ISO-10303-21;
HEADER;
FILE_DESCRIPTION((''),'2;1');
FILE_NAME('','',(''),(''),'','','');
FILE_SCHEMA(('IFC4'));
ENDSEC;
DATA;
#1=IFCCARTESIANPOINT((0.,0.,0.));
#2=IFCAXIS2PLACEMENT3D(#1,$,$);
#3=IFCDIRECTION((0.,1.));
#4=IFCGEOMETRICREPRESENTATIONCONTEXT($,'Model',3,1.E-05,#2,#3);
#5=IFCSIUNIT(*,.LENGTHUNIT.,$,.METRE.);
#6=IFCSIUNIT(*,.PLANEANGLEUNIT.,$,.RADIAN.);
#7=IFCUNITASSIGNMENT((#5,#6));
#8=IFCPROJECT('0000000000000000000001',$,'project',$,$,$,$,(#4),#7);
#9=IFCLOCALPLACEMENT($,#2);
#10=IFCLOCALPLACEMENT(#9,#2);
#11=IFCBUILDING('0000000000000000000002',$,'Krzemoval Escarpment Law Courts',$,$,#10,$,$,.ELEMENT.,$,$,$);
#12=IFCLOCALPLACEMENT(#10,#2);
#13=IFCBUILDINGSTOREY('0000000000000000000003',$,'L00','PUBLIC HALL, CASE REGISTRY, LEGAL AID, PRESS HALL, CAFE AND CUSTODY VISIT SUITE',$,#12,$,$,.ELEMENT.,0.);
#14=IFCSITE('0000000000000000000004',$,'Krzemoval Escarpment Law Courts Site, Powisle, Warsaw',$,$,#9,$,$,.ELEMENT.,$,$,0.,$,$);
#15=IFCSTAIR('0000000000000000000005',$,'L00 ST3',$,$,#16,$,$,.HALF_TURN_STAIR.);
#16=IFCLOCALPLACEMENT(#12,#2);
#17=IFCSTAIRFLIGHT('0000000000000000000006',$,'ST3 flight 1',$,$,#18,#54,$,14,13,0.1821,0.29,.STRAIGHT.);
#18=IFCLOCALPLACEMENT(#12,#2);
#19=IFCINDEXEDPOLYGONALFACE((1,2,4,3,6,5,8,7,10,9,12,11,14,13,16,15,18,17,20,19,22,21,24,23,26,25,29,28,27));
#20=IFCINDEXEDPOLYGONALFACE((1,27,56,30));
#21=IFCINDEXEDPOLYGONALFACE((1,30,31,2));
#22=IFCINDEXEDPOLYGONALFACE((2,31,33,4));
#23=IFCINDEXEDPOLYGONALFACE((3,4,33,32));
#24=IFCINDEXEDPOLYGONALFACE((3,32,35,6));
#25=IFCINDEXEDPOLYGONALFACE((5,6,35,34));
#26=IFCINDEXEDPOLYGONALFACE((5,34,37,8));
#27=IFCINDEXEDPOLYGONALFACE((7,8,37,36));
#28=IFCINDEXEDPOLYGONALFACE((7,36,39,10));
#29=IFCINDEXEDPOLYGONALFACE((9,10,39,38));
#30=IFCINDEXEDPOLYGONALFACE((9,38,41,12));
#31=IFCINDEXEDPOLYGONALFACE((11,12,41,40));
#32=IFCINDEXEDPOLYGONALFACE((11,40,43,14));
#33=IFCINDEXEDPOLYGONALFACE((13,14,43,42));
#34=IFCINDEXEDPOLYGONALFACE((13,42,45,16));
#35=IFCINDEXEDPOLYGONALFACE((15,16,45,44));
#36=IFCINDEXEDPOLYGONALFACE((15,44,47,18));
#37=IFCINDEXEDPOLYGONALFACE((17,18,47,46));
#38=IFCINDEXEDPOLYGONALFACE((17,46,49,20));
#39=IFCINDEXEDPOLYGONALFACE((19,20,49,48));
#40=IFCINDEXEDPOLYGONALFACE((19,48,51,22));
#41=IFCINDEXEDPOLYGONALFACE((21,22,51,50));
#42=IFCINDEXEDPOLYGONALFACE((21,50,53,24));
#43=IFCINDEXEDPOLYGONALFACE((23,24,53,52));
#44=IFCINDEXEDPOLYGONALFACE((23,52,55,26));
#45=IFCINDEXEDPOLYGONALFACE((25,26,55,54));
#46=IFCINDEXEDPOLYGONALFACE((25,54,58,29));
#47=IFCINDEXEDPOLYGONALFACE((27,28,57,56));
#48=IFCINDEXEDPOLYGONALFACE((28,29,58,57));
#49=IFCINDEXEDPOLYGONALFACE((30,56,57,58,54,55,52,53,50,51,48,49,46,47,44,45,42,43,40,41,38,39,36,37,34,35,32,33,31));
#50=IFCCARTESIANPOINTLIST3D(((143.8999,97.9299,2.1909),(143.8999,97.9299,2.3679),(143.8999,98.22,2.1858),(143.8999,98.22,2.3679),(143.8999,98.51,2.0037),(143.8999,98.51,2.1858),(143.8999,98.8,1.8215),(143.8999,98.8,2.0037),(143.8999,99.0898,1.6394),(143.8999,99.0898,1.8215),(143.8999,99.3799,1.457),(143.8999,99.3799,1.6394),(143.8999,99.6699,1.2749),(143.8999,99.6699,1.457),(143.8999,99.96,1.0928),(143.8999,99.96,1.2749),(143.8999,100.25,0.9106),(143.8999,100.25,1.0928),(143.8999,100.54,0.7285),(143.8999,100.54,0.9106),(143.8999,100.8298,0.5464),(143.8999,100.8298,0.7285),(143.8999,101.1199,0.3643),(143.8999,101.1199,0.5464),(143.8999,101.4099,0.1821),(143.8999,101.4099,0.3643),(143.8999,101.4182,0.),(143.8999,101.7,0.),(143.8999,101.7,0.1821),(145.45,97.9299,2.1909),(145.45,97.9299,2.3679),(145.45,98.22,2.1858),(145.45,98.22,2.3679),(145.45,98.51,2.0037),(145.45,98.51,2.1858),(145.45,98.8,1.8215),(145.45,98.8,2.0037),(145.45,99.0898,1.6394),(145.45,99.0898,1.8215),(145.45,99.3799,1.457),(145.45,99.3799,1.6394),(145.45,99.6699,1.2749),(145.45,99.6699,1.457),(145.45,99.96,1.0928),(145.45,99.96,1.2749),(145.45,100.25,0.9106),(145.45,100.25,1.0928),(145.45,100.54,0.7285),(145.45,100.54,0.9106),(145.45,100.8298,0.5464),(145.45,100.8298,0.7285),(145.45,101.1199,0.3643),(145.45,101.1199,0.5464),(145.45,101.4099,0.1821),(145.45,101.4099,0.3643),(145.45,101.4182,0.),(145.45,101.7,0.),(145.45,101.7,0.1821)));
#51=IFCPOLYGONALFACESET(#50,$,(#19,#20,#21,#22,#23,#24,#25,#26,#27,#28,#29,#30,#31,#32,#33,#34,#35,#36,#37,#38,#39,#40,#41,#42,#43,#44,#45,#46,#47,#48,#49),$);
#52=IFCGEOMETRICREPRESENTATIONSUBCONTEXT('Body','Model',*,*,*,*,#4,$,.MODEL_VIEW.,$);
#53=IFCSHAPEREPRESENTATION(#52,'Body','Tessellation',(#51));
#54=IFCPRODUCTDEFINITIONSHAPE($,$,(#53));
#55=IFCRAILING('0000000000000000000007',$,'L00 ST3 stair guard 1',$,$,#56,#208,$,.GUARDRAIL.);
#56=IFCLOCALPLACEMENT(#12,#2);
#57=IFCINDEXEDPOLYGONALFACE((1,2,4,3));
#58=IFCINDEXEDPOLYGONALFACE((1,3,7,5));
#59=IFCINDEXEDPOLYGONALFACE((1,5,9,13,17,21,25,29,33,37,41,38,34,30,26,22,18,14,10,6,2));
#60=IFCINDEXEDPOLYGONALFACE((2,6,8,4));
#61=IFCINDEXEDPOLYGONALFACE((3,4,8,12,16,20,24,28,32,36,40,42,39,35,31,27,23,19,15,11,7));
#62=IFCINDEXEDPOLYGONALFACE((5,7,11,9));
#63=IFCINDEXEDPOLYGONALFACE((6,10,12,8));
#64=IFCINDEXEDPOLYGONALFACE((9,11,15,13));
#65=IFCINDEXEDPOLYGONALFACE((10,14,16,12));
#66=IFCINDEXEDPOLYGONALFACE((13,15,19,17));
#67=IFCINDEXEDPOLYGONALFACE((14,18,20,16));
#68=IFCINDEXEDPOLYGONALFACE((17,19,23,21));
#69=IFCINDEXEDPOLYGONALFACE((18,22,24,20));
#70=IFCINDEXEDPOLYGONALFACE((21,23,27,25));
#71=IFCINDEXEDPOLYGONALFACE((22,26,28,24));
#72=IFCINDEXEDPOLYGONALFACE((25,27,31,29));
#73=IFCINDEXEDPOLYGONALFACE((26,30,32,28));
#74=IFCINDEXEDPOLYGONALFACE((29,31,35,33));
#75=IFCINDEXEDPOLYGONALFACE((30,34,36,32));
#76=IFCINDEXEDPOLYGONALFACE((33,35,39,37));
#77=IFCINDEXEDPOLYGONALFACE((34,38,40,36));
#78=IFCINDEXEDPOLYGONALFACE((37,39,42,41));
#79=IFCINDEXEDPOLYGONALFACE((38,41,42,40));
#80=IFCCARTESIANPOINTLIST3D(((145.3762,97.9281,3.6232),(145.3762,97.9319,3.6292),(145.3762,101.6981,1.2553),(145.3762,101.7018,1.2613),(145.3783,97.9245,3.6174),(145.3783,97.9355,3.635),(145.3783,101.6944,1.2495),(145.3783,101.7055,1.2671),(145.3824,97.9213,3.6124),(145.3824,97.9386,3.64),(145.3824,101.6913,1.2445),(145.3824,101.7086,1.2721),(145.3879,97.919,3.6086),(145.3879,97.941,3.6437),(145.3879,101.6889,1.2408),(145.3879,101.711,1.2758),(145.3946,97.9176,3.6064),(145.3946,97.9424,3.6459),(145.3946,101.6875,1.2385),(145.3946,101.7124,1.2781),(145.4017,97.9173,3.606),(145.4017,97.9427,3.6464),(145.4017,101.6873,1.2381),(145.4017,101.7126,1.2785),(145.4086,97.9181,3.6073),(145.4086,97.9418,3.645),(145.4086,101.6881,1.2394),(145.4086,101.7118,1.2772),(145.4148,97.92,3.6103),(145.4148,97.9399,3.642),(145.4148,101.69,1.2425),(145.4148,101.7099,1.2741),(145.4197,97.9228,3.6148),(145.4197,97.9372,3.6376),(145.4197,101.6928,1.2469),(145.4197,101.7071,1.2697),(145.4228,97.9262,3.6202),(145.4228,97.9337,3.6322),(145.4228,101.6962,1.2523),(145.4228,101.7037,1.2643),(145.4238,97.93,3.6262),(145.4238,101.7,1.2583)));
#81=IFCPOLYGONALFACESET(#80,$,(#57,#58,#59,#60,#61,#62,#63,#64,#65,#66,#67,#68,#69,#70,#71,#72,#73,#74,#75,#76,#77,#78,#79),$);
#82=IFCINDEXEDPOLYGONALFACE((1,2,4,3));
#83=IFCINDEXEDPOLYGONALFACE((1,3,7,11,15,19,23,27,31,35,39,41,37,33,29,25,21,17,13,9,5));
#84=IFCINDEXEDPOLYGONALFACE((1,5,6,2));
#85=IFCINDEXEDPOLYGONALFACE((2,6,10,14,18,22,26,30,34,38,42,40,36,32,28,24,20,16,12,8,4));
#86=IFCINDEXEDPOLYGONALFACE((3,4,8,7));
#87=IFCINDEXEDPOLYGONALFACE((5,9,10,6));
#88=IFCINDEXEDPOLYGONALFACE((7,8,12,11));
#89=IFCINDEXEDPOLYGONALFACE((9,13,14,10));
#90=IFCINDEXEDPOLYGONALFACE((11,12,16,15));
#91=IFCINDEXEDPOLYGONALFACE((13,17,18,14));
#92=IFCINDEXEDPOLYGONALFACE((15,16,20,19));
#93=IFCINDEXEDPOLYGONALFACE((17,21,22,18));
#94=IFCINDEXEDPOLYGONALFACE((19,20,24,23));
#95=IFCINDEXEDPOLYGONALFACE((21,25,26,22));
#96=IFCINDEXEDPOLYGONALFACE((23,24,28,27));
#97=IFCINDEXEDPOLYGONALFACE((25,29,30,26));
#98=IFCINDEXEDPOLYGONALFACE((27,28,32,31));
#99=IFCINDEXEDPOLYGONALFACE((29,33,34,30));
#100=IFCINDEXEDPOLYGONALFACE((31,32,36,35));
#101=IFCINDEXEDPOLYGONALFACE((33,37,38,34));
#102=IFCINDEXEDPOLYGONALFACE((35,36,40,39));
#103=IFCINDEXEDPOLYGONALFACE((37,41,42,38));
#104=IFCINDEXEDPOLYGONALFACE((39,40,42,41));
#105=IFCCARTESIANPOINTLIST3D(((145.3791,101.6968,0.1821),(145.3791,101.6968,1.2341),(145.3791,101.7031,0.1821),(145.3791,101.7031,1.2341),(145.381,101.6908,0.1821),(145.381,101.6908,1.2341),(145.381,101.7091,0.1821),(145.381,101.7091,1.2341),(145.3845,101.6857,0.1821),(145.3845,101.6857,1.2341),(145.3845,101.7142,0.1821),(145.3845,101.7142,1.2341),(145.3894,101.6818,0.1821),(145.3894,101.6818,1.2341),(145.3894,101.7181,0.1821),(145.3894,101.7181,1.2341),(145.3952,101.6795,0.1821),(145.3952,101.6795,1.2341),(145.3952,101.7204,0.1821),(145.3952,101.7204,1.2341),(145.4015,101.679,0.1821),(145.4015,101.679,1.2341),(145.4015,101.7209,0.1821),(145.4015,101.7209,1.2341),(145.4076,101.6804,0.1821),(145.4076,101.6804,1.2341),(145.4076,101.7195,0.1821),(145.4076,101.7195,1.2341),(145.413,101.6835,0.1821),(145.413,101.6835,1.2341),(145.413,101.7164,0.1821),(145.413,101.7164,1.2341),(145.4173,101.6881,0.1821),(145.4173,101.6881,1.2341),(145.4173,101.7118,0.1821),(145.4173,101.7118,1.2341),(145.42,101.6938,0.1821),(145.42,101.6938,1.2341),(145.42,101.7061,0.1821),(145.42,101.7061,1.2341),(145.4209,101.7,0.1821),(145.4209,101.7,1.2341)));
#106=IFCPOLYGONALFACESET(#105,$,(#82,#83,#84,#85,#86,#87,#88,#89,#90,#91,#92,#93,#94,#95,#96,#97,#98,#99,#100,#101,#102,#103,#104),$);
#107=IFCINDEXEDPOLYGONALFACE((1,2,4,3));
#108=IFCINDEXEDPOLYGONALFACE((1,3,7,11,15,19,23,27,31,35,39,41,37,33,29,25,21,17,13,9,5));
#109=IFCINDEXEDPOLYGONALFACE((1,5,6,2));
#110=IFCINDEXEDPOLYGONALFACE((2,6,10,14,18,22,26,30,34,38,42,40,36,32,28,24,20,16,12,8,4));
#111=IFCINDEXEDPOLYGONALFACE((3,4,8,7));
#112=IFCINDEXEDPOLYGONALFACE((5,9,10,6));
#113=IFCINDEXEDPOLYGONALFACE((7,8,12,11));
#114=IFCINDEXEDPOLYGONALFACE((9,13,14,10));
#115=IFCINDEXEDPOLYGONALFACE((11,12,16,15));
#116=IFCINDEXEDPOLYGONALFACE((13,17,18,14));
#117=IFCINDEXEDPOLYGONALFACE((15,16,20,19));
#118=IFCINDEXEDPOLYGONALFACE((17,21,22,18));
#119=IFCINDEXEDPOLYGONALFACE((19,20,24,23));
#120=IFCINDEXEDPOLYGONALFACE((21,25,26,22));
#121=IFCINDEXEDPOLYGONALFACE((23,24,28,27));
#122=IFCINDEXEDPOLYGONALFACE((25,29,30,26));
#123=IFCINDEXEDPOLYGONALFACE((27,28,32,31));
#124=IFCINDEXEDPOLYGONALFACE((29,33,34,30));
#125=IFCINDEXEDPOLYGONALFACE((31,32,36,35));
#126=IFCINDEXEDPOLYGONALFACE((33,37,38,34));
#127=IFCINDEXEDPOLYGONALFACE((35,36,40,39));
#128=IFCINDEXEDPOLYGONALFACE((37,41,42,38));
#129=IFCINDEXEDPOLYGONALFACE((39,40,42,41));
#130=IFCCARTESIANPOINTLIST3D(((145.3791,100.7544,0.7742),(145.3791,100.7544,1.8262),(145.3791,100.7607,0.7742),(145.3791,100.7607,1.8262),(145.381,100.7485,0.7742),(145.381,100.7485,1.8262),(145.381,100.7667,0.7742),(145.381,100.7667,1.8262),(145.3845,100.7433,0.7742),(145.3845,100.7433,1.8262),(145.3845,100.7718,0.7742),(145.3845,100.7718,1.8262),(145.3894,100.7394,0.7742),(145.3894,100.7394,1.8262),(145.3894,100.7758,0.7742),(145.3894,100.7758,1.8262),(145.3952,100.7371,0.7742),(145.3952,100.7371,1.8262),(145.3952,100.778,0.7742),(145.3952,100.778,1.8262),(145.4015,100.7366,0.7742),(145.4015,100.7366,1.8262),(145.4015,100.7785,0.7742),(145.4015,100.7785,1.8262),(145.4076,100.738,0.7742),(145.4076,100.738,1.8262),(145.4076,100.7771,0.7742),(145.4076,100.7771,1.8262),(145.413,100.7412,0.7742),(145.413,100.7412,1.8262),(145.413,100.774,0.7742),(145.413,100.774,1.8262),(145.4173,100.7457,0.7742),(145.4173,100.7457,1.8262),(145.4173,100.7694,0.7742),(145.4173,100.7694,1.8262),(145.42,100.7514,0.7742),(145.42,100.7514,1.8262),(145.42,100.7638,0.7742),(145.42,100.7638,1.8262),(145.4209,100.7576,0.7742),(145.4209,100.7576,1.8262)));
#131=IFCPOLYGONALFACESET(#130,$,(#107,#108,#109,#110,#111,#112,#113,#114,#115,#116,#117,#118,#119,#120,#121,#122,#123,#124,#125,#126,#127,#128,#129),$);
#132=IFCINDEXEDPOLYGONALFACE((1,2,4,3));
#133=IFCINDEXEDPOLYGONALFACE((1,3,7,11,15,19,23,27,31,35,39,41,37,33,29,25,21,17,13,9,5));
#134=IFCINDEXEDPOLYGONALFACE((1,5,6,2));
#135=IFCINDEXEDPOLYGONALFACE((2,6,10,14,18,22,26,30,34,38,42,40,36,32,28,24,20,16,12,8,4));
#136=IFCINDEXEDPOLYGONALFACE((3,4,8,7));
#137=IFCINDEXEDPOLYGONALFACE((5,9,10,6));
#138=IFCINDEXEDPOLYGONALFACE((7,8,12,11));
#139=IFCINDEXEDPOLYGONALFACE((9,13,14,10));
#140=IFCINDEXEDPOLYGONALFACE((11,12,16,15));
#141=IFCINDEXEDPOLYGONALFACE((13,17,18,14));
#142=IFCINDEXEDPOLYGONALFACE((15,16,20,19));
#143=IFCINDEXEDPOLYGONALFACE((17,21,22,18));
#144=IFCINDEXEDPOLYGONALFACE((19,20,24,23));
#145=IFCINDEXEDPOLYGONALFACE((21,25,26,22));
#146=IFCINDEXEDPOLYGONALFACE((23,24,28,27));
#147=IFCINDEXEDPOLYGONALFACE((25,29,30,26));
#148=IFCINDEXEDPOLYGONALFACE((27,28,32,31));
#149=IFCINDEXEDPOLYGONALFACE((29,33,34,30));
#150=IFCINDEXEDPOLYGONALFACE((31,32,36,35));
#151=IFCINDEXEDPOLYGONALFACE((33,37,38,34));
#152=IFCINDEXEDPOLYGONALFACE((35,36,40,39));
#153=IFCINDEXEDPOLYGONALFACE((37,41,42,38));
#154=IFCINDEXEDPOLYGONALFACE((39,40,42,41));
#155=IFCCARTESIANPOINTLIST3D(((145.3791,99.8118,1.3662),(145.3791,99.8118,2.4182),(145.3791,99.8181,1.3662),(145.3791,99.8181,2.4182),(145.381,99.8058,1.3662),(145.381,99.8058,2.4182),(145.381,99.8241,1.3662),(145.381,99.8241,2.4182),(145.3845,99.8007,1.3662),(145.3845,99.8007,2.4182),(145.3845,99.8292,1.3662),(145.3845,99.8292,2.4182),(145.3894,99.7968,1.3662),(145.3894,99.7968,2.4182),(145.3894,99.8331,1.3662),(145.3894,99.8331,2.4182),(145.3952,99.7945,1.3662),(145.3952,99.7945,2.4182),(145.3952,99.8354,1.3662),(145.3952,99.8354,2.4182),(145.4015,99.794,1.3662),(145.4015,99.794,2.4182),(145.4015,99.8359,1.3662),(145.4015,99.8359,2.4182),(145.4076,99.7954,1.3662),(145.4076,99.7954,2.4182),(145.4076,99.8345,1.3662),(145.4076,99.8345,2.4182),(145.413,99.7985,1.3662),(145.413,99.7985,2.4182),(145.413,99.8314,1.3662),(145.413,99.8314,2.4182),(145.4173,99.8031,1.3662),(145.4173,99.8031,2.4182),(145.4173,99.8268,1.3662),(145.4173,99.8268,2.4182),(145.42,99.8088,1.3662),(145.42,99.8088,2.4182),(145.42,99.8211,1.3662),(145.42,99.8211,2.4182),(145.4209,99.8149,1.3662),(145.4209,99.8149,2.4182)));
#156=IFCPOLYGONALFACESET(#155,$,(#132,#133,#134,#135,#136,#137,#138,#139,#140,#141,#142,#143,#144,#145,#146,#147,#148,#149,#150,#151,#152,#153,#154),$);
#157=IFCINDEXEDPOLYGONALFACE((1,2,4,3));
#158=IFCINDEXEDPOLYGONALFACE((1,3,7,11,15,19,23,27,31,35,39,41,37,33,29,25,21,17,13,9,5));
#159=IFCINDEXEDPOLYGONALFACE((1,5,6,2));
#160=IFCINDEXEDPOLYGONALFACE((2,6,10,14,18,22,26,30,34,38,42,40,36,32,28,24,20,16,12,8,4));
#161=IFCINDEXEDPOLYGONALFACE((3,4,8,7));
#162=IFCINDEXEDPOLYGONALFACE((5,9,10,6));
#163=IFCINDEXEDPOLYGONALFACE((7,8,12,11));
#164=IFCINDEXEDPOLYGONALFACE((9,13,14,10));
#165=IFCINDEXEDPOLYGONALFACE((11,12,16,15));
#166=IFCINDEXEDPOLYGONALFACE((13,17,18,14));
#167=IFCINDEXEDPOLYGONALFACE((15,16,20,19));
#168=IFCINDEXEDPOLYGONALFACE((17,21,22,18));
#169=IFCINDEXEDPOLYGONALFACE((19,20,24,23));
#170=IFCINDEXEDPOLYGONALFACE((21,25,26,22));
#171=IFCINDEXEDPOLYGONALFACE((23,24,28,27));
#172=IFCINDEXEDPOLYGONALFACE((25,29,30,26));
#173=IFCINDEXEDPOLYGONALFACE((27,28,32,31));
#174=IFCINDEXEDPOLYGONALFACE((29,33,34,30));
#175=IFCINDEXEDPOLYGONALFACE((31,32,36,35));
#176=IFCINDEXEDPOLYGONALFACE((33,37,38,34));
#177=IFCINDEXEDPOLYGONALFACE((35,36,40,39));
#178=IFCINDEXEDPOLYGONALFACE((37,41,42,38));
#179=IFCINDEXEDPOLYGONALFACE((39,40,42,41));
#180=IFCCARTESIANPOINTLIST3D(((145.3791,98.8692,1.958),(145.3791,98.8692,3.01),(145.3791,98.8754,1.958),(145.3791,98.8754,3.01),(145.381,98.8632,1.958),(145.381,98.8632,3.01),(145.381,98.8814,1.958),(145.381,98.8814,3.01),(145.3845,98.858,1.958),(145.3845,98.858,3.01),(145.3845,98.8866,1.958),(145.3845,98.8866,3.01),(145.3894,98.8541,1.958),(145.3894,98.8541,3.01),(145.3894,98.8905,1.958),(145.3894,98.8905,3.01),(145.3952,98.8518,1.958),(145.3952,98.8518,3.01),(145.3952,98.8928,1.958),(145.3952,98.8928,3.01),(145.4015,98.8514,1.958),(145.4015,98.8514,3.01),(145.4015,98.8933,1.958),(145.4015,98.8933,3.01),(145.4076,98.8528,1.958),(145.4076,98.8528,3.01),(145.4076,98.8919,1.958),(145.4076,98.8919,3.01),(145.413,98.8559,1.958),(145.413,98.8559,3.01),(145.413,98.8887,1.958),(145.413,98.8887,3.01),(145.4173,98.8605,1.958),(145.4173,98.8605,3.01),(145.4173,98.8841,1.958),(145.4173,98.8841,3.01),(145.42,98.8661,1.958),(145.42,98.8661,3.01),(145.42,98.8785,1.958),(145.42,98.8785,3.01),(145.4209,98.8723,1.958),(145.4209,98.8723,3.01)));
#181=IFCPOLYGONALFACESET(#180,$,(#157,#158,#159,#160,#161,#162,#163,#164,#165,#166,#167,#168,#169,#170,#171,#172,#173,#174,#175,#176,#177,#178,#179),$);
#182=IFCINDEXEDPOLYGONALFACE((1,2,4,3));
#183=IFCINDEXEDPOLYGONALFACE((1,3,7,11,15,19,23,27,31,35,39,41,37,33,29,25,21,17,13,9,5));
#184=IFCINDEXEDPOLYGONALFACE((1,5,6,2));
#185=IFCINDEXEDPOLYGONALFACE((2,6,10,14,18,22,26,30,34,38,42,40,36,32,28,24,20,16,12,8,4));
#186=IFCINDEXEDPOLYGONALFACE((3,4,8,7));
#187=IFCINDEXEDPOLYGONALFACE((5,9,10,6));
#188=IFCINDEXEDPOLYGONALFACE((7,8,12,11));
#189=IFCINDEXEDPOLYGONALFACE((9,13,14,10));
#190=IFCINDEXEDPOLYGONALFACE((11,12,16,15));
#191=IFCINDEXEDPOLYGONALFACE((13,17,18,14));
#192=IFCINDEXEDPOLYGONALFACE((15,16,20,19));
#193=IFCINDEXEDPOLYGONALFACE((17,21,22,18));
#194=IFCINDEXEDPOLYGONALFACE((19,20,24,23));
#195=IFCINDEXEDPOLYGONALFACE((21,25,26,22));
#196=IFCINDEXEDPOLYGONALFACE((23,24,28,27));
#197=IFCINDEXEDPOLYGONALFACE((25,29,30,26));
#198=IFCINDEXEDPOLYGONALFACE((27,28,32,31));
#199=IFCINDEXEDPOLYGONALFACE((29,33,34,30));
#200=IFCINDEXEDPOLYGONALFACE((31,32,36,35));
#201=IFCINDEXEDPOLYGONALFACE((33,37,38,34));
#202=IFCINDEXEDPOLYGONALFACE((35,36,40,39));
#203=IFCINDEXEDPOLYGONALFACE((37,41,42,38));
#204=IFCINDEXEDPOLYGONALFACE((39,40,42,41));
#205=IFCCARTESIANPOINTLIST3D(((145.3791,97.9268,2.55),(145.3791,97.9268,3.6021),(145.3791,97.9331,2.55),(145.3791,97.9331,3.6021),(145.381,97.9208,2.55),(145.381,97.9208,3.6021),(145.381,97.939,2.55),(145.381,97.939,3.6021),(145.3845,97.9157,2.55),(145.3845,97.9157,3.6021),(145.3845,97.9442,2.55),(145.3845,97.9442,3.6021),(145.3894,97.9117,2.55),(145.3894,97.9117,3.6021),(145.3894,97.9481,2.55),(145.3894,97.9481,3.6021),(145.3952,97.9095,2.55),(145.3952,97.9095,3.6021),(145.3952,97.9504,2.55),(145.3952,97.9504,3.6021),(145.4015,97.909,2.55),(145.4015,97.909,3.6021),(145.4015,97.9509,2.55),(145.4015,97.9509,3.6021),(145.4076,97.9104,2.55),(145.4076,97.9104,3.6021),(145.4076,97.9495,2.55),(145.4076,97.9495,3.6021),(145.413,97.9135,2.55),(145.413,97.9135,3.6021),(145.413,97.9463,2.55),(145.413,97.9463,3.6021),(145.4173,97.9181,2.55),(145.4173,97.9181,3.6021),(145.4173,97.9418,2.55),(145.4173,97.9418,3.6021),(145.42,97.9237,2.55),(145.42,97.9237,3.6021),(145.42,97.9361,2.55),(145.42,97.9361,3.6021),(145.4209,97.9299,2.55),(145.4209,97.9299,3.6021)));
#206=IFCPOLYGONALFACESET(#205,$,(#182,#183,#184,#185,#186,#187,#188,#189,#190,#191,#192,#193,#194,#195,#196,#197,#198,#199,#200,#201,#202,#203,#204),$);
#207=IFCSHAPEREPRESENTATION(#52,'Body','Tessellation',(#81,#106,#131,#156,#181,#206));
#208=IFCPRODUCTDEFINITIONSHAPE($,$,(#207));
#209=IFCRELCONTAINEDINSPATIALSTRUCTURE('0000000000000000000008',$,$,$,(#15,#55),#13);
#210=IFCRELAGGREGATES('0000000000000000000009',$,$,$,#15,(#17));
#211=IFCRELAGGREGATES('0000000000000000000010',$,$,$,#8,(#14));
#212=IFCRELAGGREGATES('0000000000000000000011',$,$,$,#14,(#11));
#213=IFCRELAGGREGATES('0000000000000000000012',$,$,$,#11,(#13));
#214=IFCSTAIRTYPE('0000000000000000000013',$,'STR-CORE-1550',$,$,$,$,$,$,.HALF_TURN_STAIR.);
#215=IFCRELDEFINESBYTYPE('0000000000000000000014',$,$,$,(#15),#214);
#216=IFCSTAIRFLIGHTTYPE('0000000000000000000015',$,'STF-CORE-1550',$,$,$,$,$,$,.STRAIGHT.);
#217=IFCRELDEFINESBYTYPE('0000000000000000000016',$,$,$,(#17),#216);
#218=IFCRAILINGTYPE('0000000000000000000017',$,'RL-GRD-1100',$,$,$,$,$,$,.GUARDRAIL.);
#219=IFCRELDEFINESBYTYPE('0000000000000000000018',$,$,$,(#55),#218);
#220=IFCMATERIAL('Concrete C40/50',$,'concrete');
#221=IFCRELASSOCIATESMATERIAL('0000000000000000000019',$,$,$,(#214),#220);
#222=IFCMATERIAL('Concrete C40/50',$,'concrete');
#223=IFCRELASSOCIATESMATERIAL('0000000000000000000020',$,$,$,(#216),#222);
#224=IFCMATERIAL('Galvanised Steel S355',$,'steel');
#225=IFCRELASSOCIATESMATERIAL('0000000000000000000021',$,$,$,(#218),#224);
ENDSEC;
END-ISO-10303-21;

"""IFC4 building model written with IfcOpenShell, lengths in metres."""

from ifc_helpers import new_model, si_unit, direction, frame, origin, origin_2d, place, context, subcontext, project, spatial, polyline, circle, outline, extrude, material, type_object, element, aggregate, save


model = new_model("IFC4")

# Units and contexts
model_context = context("Model", 3, precision=1e-05, world=origin(), true_north=direction((0.0, 1.0)))
body_context = subcontext(model_context, "Body", "Model", "MODEL_VIEW")
ifc_project = project(units=[si_unit("LENGTHUNIT", "METRE"), si_unit("PLANEANGLEUNIT", "RADIAN")], contexts=[model_context])

# Site, building, storey
site_placement = place(None, origin())
site = spatial("IfcSite", under=ifc_project, at=site_placement, Name="Krzemoval Escarpment Law Courts Site, Powisle, Warsaw", CompositionType="ELEMENT", RefElevation=0.0)
building_placement = place(site_placement, origin())
building = spatial("IfcBuilding", under=site, at=building_placement, Name="Krzemoval Escarpment Law Courts", CompositionType="ELEMENT")
storey_placement = place(building_placement, origin())
storey = spatial("IfcBuildingStorey", under=building, at=storey_placement, Name="L00", Description="PUBLIC HALL, CASE REGISTRY, LEGAL AID, PRESS HALL, CAFE AND CUSTODY VISIT SUITE", CompositionType="ELEMENT", Elevation=0.0)

# Stair, stair flight
ifc_material_1 = material(Name="Concrete C40/50", Category="concrete")
stair_type = type_object("IfcStairType", Name="STR-CORE-1550", PredefinedType="HALF_TURN_STAIR", material=ifc_material_1)
stair_placement = place(storey_placement, origin())
stair = element("IfcStair", 1, at=stair_placement, inside=storey, type_object=stair_type, Name="L00 ST3", PredefinedType="HALF_TURN_STAIR")
ifc_material_2 = material(Name="Concrete C40/50", Category="concrete")
stair_flight_type = type_object("IfcStairFlightType", Name="STF-CORE-1550", PredefinedType="STRAIGHT", material=ifc_material_2)
stair_flight_placement = place(storey_placement, frame((144.675, 101.7, 0.0), z_axis=(0.0, 0.0, 1.0), x_axis=(0.0, -1.0, 0.0)))
stair_flight = element("IfcStairFlight", 2, at=stair_flight_placement, type_object=stair_flight_type, Name="ST3 flight 1", NumberOfRisers=14, NumberOfTreads=13, PredefinedType="STRAIGHT", RiserHeight=0.1821, TreadLength=0.29, context=body_context, shape_type="SweptSolid", body=[
    extrude(outline(polyline([(0.0, 0.0), (0.0, 0.1821), (0.29, 0.1821), (0.29, 0.3643), (0.5801, 0.3643), (0.5801, 0.5464), (0.8701, 0.5464), (0.8701, 0.7285), (1.1599, 0.7285), (1.1599, 0.9106), (1.45, 0.9106), (1.45, 1.0928), (1.74, 1.0928), (1.74, 1.2749), (2.03, 1.2749), (2.03, 1.457), (2.3201, 1.457), (2.3201, 1.6394), (2.6101, 1.6394), (2.6101, 1.8215), (2.8999, 1.8215), (2.8999, 2.0037), (3.1899, 2.0037), (3.1899, 2.1858), (3.48, 2.1858), (3.48, 2.3679), (3.77, 2.3679), (3.77, 2.55), (3.77, 2.1909), (0.2817, 0.0), (0.0, 0.0)])), frame((0.0, 0.7749, 0.0), z_axis=(0.0, -1.0, 0.0), x_axis=(1.0, 0.0, 0.0)), (0.0, 0.0, 1.0), 1.55),
])
aggregate(stair, [stair_flight])

# Railing
ifc_material_3 = material(Name="Galvanised Steel S355", Category="steel")
railing_type_1 = type_object("IfcRailingType", Name="RL-GRD-1100", PredefinedType="GUARDRAIL", material=ifc_material_3)
railing_1_placement = place(storey_placement, frame((145.3999, 101.7, 0.1821)))
element("IfcRailing", 3, at=railing_1_placement, inside=storey, type_object=railing_type_1, Name="L00 ST3 stair guard 1", PredefinedType="GUARDRAIL", context=body_context, shape_type="SweptSolid", body=[
    extrude(circle(Radius=0.0239, at=origin_2d()), frame((0.0, 0.0, 1.0762), z_axis=(0.0, -0.846819, 0.531881), x_axis=(1.0, 0.0, 0.0)), (0.0, 0.0, 1.0), 4.4519),
    extrude(circle(Radius=0.021, at=origin_2d()), origin(), (0.0, 0.0, 1.0), 1.052),
    extrude(circle(Radius=0.021, at=origin_2d()), frame((0.0, -0.9424, 0.592)), (0.0, 0.0, 1.0), 1.052),
    extrude(circle(Radius=0.021, at=origin_2d()), frame((0.0, -1.885, 1.1841)), (0.0, 0.0, 1.0), 1.052),
    extrude(circle(Radius=0.021, at=origin_2d()), frame((0.0, -2.8276, 1.7759)), (0.0, 0.0, 1.0), 1.052),
    extrude(circle(Radius=0.021, at=origin_2d()), frame((0.0, -3.77, 2.3679)), (0.0, 0.0, 1.0), 1.052),
])

save(model, "model.ifc")
